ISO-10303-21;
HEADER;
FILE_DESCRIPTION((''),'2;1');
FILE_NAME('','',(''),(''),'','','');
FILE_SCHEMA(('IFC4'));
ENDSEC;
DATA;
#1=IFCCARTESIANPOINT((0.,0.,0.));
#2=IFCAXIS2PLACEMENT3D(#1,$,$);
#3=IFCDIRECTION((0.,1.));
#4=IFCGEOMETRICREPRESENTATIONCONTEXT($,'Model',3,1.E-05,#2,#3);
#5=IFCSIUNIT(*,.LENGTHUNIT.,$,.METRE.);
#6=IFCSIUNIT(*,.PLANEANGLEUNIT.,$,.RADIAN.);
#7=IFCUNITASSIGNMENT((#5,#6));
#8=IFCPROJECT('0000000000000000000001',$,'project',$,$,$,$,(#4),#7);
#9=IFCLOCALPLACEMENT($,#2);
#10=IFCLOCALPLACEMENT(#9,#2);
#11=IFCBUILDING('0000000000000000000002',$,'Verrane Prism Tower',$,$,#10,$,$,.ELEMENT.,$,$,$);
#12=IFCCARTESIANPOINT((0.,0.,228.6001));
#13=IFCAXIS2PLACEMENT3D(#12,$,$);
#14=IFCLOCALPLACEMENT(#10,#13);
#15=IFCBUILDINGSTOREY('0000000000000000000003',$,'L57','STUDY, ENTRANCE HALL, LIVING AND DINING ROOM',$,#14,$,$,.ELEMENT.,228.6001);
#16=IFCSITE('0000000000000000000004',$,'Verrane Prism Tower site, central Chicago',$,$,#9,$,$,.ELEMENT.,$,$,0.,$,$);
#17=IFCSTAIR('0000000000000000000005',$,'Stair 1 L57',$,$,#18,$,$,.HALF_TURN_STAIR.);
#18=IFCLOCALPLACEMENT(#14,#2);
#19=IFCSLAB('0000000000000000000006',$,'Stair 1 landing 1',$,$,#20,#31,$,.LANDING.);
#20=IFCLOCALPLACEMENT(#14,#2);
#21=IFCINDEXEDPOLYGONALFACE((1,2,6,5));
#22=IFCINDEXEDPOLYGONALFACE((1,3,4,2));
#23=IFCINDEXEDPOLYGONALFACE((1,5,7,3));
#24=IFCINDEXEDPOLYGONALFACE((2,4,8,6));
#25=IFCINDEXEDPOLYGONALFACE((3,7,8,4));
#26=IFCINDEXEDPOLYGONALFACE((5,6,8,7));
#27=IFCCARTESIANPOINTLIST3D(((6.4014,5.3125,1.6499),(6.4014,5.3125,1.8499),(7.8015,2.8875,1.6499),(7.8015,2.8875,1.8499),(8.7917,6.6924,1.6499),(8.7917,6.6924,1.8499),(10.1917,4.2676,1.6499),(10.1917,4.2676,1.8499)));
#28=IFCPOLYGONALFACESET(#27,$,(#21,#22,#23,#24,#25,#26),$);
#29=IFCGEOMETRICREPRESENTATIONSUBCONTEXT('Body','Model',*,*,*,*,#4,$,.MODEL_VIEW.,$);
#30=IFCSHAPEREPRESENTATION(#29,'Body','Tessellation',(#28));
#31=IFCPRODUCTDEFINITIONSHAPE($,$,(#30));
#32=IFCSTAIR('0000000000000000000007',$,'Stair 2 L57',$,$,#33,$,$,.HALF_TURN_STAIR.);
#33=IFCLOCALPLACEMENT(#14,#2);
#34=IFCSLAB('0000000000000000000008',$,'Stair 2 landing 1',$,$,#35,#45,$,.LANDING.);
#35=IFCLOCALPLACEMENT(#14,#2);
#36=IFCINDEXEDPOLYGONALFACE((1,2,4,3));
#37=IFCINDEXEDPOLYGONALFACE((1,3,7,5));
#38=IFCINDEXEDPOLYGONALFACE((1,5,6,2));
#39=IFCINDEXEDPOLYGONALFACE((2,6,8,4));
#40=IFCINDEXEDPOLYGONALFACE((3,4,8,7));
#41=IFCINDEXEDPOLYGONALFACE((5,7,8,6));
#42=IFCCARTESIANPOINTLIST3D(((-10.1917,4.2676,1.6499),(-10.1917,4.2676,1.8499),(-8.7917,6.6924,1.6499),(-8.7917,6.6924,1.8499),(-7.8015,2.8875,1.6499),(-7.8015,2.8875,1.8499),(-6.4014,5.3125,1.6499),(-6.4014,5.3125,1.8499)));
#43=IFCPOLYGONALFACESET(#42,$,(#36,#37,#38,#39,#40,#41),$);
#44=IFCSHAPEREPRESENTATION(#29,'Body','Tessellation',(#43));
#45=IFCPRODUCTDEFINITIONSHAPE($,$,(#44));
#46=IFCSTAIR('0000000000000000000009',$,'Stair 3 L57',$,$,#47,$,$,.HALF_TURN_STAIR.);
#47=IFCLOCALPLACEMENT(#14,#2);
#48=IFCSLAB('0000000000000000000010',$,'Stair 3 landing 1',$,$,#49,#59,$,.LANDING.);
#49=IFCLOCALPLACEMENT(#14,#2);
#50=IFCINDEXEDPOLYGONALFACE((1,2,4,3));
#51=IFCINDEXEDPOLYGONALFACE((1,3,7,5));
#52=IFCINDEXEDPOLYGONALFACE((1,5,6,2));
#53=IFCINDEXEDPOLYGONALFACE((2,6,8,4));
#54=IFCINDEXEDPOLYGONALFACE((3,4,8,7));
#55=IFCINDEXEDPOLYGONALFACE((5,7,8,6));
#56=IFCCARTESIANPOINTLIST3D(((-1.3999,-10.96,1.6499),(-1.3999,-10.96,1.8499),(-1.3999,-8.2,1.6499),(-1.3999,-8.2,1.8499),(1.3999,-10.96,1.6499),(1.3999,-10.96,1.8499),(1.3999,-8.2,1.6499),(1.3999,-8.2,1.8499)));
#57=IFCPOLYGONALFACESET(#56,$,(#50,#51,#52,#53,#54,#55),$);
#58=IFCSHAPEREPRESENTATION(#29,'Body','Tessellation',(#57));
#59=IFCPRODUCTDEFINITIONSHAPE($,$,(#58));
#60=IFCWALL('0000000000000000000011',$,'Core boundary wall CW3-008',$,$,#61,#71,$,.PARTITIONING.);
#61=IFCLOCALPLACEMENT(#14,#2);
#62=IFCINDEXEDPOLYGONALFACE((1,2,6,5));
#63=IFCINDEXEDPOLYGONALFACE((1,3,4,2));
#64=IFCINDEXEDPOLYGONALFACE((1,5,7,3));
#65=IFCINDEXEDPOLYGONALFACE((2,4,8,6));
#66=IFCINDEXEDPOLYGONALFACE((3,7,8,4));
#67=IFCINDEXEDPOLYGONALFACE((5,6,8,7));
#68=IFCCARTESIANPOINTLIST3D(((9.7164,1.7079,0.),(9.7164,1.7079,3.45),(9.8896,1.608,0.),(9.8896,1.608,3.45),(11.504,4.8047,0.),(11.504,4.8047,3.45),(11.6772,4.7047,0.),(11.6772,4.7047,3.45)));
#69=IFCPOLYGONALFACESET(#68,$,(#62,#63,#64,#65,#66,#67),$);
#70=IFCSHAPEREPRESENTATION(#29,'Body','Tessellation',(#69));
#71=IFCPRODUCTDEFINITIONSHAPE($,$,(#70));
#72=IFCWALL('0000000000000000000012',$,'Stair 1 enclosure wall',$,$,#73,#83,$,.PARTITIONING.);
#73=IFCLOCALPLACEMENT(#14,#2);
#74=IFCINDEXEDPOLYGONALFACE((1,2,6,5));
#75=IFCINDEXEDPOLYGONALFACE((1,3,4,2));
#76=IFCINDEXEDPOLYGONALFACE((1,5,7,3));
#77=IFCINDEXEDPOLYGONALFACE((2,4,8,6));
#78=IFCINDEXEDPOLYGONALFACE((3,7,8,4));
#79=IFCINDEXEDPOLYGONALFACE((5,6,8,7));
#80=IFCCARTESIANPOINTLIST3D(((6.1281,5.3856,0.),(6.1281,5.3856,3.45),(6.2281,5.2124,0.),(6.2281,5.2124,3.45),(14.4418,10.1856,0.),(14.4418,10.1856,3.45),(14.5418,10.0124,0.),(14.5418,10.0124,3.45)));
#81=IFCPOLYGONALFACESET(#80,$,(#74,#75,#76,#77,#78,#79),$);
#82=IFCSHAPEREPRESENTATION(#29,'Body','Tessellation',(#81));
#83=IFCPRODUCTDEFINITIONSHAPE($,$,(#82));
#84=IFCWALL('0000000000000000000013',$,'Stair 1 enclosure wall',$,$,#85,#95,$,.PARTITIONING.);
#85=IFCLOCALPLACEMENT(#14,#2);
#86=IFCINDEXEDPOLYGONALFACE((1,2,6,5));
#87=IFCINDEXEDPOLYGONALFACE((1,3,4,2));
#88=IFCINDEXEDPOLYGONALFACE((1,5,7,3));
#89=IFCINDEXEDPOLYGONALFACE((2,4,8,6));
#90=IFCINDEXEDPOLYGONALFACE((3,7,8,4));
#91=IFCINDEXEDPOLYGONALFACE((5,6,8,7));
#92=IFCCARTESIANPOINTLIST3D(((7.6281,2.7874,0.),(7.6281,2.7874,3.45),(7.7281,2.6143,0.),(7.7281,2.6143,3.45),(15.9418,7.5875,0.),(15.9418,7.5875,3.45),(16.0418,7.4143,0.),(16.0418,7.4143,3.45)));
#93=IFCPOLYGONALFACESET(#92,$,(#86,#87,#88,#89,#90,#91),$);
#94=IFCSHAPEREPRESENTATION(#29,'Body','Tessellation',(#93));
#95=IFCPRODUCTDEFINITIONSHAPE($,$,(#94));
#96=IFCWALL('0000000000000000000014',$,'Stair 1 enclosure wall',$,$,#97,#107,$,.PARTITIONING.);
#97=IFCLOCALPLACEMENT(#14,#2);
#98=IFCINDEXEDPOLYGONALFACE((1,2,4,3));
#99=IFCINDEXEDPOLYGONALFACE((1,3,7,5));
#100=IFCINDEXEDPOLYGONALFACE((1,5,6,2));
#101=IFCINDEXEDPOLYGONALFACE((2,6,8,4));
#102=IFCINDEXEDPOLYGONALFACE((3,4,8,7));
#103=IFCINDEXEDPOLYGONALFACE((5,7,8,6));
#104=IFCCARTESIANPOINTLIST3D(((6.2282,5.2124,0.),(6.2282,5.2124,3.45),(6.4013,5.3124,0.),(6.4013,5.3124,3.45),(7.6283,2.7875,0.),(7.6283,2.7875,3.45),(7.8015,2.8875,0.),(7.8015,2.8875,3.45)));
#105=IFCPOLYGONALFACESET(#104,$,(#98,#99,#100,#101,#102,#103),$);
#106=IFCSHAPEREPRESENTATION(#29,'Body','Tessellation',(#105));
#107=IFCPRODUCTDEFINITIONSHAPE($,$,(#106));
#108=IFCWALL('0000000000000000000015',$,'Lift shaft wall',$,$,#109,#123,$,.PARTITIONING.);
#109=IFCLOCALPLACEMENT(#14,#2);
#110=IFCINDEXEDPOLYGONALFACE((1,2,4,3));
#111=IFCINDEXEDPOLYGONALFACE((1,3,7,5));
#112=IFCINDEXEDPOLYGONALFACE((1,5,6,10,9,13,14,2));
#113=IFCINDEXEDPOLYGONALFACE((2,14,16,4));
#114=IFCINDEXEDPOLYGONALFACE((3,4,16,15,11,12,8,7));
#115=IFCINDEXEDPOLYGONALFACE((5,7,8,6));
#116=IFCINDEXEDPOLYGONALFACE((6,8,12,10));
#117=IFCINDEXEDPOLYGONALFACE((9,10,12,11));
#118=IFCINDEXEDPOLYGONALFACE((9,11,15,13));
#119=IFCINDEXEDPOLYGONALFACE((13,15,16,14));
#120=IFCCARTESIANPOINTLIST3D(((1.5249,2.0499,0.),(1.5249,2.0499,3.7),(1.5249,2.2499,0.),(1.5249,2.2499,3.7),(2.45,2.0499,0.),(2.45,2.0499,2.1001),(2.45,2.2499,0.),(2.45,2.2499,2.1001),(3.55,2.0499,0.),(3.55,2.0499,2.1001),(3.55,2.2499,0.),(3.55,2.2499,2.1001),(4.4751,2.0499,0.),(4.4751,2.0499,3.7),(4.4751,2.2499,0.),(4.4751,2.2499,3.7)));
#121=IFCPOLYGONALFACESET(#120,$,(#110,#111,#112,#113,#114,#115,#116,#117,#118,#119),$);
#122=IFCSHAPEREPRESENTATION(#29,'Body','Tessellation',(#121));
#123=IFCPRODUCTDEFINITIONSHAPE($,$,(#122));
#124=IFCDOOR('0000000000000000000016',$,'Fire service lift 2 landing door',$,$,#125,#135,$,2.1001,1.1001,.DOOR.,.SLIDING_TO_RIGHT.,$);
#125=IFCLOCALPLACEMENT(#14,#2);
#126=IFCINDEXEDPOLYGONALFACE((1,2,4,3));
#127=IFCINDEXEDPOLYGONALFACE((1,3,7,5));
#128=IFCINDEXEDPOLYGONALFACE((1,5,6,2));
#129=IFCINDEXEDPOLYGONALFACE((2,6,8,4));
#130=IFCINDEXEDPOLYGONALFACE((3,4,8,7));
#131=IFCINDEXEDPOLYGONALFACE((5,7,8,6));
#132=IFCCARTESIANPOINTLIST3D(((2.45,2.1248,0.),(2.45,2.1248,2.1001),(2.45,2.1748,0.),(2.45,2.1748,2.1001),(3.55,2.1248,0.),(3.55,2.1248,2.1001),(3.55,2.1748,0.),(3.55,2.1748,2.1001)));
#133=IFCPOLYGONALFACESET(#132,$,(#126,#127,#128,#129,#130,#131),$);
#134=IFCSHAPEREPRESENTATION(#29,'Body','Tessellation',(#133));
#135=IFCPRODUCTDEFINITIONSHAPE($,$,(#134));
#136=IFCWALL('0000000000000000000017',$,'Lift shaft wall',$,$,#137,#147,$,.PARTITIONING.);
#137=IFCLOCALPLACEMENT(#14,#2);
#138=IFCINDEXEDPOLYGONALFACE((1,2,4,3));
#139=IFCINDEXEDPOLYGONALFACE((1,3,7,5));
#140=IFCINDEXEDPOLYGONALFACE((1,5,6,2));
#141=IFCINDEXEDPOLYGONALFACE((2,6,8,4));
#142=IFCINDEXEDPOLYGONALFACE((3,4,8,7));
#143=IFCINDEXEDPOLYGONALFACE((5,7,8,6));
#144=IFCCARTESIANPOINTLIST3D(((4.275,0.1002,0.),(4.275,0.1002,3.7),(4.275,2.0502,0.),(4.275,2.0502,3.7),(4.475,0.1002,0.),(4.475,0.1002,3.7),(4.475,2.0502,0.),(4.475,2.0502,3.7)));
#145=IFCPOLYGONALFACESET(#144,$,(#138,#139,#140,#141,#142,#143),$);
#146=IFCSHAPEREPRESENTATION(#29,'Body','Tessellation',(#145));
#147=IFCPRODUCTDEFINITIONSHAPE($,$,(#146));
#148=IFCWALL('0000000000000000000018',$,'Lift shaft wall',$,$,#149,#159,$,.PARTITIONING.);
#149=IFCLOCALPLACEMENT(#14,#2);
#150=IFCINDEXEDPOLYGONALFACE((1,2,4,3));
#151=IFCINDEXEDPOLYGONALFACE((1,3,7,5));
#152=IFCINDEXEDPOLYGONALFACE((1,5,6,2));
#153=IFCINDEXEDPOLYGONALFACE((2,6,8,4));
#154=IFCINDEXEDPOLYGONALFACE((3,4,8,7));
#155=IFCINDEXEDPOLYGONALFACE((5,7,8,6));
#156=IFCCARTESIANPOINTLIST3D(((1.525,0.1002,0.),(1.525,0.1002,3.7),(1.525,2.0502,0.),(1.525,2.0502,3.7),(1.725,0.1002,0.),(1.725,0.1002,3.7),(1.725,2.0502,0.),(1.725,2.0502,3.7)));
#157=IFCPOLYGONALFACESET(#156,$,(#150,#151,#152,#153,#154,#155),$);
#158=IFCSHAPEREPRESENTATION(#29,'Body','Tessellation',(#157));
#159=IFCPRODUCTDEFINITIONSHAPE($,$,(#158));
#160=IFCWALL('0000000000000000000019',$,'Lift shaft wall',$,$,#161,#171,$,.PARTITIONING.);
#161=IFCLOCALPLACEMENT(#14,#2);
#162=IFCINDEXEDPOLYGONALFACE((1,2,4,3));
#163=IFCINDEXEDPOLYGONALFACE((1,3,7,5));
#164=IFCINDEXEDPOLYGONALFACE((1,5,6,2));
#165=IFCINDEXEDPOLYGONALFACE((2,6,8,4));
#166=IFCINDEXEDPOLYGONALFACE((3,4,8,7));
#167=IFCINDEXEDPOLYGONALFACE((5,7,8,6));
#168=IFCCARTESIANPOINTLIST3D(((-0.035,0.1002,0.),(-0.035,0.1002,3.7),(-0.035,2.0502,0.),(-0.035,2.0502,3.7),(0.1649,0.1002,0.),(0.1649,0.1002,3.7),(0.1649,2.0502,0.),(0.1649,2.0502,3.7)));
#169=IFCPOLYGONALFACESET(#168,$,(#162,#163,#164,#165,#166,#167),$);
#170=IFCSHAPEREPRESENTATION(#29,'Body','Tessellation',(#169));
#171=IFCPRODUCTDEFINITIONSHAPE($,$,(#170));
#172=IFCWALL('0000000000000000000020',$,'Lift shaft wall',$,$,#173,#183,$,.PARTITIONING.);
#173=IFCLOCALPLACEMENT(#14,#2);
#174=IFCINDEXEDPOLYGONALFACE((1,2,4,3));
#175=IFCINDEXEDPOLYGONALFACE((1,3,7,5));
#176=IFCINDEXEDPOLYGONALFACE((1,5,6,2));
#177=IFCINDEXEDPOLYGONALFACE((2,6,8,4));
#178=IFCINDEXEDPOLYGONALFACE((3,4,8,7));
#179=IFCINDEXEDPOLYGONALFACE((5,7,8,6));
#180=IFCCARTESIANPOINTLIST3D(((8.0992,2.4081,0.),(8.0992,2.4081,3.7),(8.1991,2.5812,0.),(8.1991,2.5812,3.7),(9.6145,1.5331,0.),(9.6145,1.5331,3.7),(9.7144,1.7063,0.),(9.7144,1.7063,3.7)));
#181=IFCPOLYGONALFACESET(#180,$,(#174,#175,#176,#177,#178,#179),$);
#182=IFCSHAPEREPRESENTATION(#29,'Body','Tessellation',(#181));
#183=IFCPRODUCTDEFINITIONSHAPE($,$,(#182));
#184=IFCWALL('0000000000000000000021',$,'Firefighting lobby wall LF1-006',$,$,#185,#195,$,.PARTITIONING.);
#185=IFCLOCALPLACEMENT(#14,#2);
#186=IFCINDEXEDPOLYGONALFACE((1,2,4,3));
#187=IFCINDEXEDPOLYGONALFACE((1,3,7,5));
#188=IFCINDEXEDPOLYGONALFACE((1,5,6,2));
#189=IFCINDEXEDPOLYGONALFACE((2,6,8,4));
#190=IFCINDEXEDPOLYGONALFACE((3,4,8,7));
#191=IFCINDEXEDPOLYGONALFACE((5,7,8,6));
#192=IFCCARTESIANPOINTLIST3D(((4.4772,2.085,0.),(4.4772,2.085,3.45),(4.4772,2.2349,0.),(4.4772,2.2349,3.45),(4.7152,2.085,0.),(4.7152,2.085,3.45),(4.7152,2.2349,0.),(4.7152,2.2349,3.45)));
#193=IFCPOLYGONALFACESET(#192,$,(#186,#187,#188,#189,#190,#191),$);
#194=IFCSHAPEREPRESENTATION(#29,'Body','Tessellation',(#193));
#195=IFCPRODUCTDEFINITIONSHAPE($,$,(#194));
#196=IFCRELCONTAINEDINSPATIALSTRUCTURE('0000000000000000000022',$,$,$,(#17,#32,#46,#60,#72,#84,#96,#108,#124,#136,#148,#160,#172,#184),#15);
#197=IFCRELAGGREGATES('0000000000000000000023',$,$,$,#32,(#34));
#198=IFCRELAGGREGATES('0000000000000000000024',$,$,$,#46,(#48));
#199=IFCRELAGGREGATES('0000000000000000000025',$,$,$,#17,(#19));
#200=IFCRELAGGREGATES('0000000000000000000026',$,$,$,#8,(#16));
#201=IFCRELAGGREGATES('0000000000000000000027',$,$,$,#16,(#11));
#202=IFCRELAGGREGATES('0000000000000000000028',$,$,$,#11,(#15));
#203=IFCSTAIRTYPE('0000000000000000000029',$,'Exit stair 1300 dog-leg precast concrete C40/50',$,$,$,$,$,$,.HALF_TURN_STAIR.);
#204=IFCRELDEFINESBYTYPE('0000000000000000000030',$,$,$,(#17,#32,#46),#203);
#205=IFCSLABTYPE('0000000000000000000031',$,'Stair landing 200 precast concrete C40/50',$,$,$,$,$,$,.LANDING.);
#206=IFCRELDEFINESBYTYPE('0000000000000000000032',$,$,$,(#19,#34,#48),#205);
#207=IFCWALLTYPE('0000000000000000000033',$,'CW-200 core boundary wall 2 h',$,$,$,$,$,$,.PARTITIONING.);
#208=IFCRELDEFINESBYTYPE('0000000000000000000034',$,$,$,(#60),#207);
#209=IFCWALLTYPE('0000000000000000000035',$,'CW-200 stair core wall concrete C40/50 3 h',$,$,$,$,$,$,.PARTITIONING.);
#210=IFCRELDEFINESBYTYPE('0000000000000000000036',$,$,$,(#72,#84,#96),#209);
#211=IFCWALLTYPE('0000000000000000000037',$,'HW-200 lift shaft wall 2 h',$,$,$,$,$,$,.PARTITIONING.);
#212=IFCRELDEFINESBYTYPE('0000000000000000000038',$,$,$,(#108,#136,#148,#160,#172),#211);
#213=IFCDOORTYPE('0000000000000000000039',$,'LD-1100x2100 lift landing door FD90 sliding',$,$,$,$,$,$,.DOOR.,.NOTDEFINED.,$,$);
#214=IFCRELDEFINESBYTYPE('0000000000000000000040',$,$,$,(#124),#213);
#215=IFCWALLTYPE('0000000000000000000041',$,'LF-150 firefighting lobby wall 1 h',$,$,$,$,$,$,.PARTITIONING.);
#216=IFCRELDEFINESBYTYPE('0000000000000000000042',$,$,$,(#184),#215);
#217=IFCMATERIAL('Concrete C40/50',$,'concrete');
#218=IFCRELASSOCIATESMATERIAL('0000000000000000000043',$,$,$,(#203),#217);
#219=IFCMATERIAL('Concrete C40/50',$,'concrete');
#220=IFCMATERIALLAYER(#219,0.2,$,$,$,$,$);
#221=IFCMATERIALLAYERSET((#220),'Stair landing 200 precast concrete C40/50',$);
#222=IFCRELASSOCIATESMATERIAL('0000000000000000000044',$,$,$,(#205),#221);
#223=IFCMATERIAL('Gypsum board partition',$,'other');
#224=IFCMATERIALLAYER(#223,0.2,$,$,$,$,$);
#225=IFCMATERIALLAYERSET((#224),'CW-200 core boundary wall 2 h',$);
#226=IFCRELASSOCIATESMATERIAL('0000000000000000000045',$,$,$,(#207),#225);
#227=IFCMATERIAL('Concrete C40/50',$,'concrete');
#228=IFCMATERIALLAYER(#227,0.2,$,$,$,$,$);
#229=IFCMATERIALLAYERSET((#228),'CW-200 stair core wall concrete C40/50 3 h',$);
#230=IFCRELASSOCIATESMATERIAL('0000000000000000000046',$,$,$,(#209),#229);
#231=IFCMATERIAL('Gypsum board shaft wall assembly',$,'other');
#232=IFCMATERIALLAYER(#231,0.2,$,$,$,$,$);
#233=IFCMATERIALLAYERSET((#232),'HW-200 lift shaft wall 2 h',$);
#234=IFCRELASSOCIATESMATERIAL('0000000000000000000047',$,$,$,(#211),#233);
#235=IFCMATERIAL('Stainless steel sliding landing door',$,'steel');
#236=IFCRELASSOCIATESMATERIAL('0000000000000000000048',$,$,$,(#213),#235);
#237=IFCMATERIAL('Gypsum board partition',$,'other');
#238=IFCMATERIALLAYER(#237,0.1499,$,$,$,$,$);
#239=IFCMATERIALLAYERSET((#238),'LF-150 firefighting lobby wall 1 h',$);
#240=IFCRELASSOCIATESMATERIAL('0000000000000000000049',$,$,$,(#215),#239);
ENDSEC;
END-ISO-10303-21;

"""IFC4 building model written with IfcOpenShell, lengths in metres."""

from ifc_helpers import new_model, si_unit, direction, frame, frame_2d, origin, place, context, subcontext, project, spatial, polyline, rectangle, outline, extrude, material, layer, layer_set, type_object, element, fill, aggregate, save


model = new_model("IFC4")

# Units and contexts
model_context = context("Model", 3, precision=1e-05, world=origin(), true_north=direction((0.0, 1.0)))
body_context = subcontext(model_context, "Body", "Model", "MODEL_VIEW")
ifc_project = project(units=[si_unit("LENGTHUNIT", "METRE"), si_unit("PLANEANGLEUNIT", "RADIAN")], contexts=[model_context])

# Site, building, storey
site_placement = place(None, origin())
site = spatial("IfcSite", under=ifc_project, at=site_placement, Name="Verrane Prism Tower site, central Chicago", CompositionType="ELEMENT", RefElevation=0.0)
building_placement = place(site_placement, origin())
building = spatial("IfcBuilding", under=site, at=building_placement, Name="Verrane Prism Tower", CompositionType="ELEMENT")
storey_placement = place(building_placement, frame((0.0, 0.0, 228.6001)))
storey = spatial("IfcBuildingStorey", under=building, at=storey_placement, Name="L57", Description="STUDY, ENTRANCE HALL, LIVING AND DINING ROOM", CompositionType="ELEMENT", Elevation=228.6001)

# Stairs, slabs
ifc_material_1 = material(Name="Concrete C40/50", Category="concrete")
stair_type = type_object("IfcStairType", Name="Exit stair 1300 dog-leg precast concrete C40/50", PredefinedType="HALF_TURN_STAIR", material=ifc_material_1)
stair_1_placement = place(storey_placement, origin())
stair_1 = element("IfcStair", 1, at=stair_1_placement, inside=storey, type_object=stair_type, Name="Stair 1 L57", PredefinedType="HALF_TURN_STAIR")
ifc_material_2 = material(Name="Concrete C40/50", Category="concrete")
ifc_layer_1 = layer(ifc_material_2, 0.2)
ifc_layer_set_1 = layer_set([ifc_layer_1], Name="Stair landing 200 precast concrete C40/50")
slab_type_1 = type_object("IfcSlabType", Name="Stair landing 200 precast concrete C40/50", PredefinedType="LANDING", material=ifc_layer_set_1)
slab_1_placement = place(storey_placement, frame((0.0, 0.0, 1.6499)))
slab_1 = element("IfcSlab", 2, at=slab_1_placement, type_object=slab_type_1, Name="Stair 1 landing 1", PredefinedType="LANDING", context=body_context, shape_type="SweptSolid", body=[
    extrude(outline(polyline([(8.7917, 6.6924), (6.4014, 5.3125), (7.8015, 2.8875), (10.1917, 4.2676), (8.7917, 6.6924)])), origin(), (0.0, 0.0, 1.0), 0.2),
])
stair_2_placement = place(storey_placement, origin())
stair_2 = element("IfcStair", 3, at=stair_2_placement, inside=storey, type_object=stair_type, Name="Stair 2 L57", PredefinedType="HALF_TURN_STAIR")
slab_2_placement = place(storey_placement, frame((0.0, 0.0, 1.6499)))
slab_2 = element("IfcSlab", 4, at=slab_2_placement, type_object=slab_type_1, Name="Stair 2 landing 1", PredefinedType="LANDING", context=body_context, shape_type="SweptSolid", body=[
    extrude(outline(polyline([(-10.1917, 4.2676), (-7.8015, 2.8875), (-6.4014, 5.3125), (-8.7917, 6.6924), (-10.1917, 4.2676)])), origin(), (0.0, 0.0, 1.0), 0.2),
])
aggregate(stair_2, [slab_2])
stair_3_placement = place(storey_placement, origin())
stair_3 = element("IfcStair", 5, at=stair_3_placement, inside=storey, type_object=stair_type, Name="Stair 3 L57", PredefinedType="HALF_TURN_STAIR")
slab_3_placement = place(storey_placement, frame((0.0, 0.0, 1.6499)))
slab_3 = element("IfcSlab", 6, at=slab_3_placement, type_object=slab_type_1, Name="Stair 3 landing 1", PredefinedType="LANDING", context=body_context, shape_type="SweptSolid", body=[
    extrude(outline(polyline([(1.3999, -10.96), (1.3999, -8.2), (-1.3999, -8.2), (-1.3999, -10.96), (1.3999, -10.96)])), origin(), (0.0, 0.0, 1.0), 0.2),
])
aggregate(stair_3, [slab_3])

# Walls
ifc_material_3 = material(Name="Gypsum board partition", Category="other")
ifc_layer_2 = layer(ifc_material_3, 0.2)
ifc_layer_set_2 = layer_set([ifc_layer_2], Name="CW-200 core boundary wall 2 h")
wall_type_1 = type_object("IfcWallType", Name="CW-200 core boundary wall 2 h", PredefinedType="PARTITIONING", material=ifc_layer_set_2)
wall_1_placement = place(storey_placement, frame((9.803, 1.658, 0.0), z_axis=(0.0, 0.0, 1.0), x_axis=(0.499943, 0.866058, 0.0)))
element("IfcWall", 7, at=wall_1_placement, inside=storey, type_object=wall_type_1, Name="Core boundary wall CW3-008", PredefinedType="PARTITIONING", context=body_context, shape_type="SweptSolid", body=[
    extrude(rectangle(XDim=3.5757, YDim=0.2, at=frame_2d((1.7878, 0.0))), origin(), (0.0, 0.0, 1.0), 3.45),
])
ifc_material_4 = material(Name="Concrete C40/50", Category="concrete")
ifc_layer_3 = layer(ifc_material_4, 0.2)
ifc_layer_set_3 = layer_set([ifc_layer_3], Name="CW-200 stair core wall concrete C40/50 3 h")
wall_type_2 = type_object("IfcWallType", Name="CW-200 stair core wall concrete C40/50 3 h", PredefinedType="PARTITIONING", material=ifc_layer_set_3)
for number, where, z_axis, x_axis, name in (
    (8, (6.1782, 5.2991, 0.0), (0.0, 0.0, 1.0), (0.86602, 0.500009, 0.0), "Stair 1 enclosure wall"),
    (9, (7.6782, 2.7009, 0.0), (0.0, 0.0, 1.0), (0.86602, 0.500009, 0.0), "Stair 1 enclosure wall"),
):
    element("IfcWall", number, at=place(storey_placement, frame(where, z_axis=z_axis, x_axis=x_axis)), inside=storey, type_object=wall_type_2, Name=name, PredefinedType="PARTITIONING", context=body_context, shape_type="SweptSolid", body=[
        extrude(rectangle(XDim=9.5999, YDim=0.2, at=frame_2d((4.7998, 0.0))), origin(), (0.0, 0.0, 1.0), 3.45),
    ])
wall_2_placement = place(storey_placement, frame((7.7148, 2.8376, 0.0), z_axis=(0.0, 0.0, 1.0), x_axis=(-0.50005, 0.865997, 0.0)))
element("IfcWall", 10, at=wall_2_placement, inside=storey, type_object=wall_type_2, Name="Stair 1 enclosure wall", PredefinedType="PARTITIONING", context=body_context, shape_type="SweptSolid", body=[
    extrude(rectangle(XDim=2.8, YDim=0.2, at=frame_2d((1.3999, 0.0))), origin(), (0.0, 0.0, 1.0), 3.45),
])

# Wall, opening, door
ifc_material_5 = material(Name="Gypsum board shaft wall assembly", Category="other")
ifc_layer_4 = layer(ifc_material_5, 0.2)
ifc_layer_set_4 = layer_set([ifc_layer_4], Name="HW-200 lift shaft wall 2 h")
wall_type_3 = type_object("IfcWallType", Name="HW-200 lift shaft wall 2 h", PredefinedType="PARTITIONING", material=ifc_layer_set_4)
wall_3_placement = place(storey_placement, frame((1.5249, 2.1499, 0.0), z_axis=(0.0, 0.0, 1.0), x_axis=(1.0, 0.0, 0.0)))
wall_3 = element("IfcWall", 11, at=wall_3_placement, inside=storey, type_object=wall_type_3, Name="Lift shaft wall", PredefinedType="PARTITIONING", context=body_context, shape_type="SweptSolid", body=[
    extrude(rectangle(XDim=2.9502, YDim=0.2, at=frame_2d((1.4751, 0.0))), origin(), (0.0, 0.0, 1.0), 3.7),
])
opening_placement = place(wall_3_placement, frame((0.925, 0.0, 0.0)))
opening = element("IfcOpeningElement", 12, at=opening_placement, cuts=wall_3, PredefinedType="OPENING", context=body_context, shape_type="SweptSolid", body=[
    extrude(rectangle(XDim=1.1001, YDim=2.1001, at=frame_2d((0.55, 1.05))), frame((0.0, 0.1099, 0.0), z_axis=(0.0, -1.0, 0.0), x_axis=(1.0, 0.0, 0.0)), (0.0, 0.0, 1.0), 0.22),
])
ifc_material_6 = material(Name="Stainless steel sliding landing door", Category="steel")
door_type = type_object("IfcDoorType", Name="LD-1100x2100 lift landing door FD90 sliding", OperationType="NOTDEFINED", PredefinedType="DOOR", material=ifc_material_6)
door_placement = place(opening_placement, origin())
door = element("IfcDoor", 13, at=door_placement, inside=storey, type_object=door_type, Name="Fire service lift 2 landing door", OperationType="SLIDING_TO_RIGHT", OverallHeight=2.1001, OverallWidth=1.1001, PredefinedType="DOOR", context=body_context, shape_type="SweptSolid", body=[
    extrude(rectangle(XDim=1.1001, YDim=2.1001, at=frame_2d((0.55, 1.05))), frame((0.0, 0.0249, 0.0), z_axis=(0.0, -1.0, 0.0), x_axis=(1.0, 0.0, 0.0)), (0.0, 0.0, 1.0), 0.05),
])
fill(opening, door)

# Walls
for number, where, z_axis, x_axis, name in (
    (14, (4.375, 0.1001, 0.0), (0.0, 0.0, 1.0), (0.0, 1.0, 0.0), "Lift shaft wall"),
    (15, (1.625, 0.1001, 0.0), (0.0, 0.0, 1.0), (0.0, 1.0, 0.0), "Lift shaft wall"),
    (16, (0.0649, 0.1001, 0.0), (0.0, 0.0, 1.0), (0.0, 1.0, 0.0), "Lift shaft wall"),
):
    element("IfcWall", number, at=place(storey_placement, frame(where, z_axis=z_axis, x_axis=x_axis)), inside=storey, type_object=wall_type_3, Name=name, PredefinedType="PARTITIONING", context=body_context, shape_type="SweptSolid", body=[
        extrude(rectangle(XDim=1.95, YDim=0.2, at=frame_2d((0.9751, 0.0))), origin(), (0.0, 0.0, 1.0), 3.7),
    ])
wall_4_placement = place(storey_placement, frame((9.6646, 1.6196, 0.0), z_axis=(0.0, 0.0, 1.0), x_axis=(-0.866002, 0.50004, 0.0)))
element("IfcWall", 17, at=wall_4_placement, inside=storey, type_object=wall_type_3, Name="Lift shaft wall", PredefinedType="PARTITIONING", context=body_context, shape_type="SweptSolid", body=[
    extrude(rectangle(XDim=1.7498, YDim=0.2, at=frame_2d((0.875, 0.0))), origin(), (0.0, 0.0, 1.0), 3.7),
])
ifc_material_7 = material(Name="Gypsum board partition", Category="other")
ifc_layer_5 = layer(ifc_material_7, 0.1499)
ifc_layer_set_5 = layer_set([ifc_layer_5], Name="LF-150 firefighting lobby wall 1 h")
wall_type_4 = type_object("IfcWallType", Name="LF-150 firefighting lobby wall 1 h", PredefinedType="PARTITIONING", material=ifc_layer_set_5)
wall_5_placement = place(storey_placement, frame((4.4771, 2.1599, 0.0), z_axis=(0.0, 0.0, 1.0), x_axis=(1.0, 0.0, 0.0)))
element("IfcWall", 18, at=wall_5_placement, inside=storey, type_object=wall_type_4, Name="Firefighting lobby wall LF1-006", PredefinedType="PARTITIONING", context=body_context, shape_type="SweptSolid", body=[
    extrude(rectangle(XDim=0.238, YDim=0.1499, at=frame_2d((0.1191, 0.0))), origin(), (0.0, 0.0, 1.0), 3.45),
])

aggregate(stair_1, [slab_1])

save(model, "model.ifc")
